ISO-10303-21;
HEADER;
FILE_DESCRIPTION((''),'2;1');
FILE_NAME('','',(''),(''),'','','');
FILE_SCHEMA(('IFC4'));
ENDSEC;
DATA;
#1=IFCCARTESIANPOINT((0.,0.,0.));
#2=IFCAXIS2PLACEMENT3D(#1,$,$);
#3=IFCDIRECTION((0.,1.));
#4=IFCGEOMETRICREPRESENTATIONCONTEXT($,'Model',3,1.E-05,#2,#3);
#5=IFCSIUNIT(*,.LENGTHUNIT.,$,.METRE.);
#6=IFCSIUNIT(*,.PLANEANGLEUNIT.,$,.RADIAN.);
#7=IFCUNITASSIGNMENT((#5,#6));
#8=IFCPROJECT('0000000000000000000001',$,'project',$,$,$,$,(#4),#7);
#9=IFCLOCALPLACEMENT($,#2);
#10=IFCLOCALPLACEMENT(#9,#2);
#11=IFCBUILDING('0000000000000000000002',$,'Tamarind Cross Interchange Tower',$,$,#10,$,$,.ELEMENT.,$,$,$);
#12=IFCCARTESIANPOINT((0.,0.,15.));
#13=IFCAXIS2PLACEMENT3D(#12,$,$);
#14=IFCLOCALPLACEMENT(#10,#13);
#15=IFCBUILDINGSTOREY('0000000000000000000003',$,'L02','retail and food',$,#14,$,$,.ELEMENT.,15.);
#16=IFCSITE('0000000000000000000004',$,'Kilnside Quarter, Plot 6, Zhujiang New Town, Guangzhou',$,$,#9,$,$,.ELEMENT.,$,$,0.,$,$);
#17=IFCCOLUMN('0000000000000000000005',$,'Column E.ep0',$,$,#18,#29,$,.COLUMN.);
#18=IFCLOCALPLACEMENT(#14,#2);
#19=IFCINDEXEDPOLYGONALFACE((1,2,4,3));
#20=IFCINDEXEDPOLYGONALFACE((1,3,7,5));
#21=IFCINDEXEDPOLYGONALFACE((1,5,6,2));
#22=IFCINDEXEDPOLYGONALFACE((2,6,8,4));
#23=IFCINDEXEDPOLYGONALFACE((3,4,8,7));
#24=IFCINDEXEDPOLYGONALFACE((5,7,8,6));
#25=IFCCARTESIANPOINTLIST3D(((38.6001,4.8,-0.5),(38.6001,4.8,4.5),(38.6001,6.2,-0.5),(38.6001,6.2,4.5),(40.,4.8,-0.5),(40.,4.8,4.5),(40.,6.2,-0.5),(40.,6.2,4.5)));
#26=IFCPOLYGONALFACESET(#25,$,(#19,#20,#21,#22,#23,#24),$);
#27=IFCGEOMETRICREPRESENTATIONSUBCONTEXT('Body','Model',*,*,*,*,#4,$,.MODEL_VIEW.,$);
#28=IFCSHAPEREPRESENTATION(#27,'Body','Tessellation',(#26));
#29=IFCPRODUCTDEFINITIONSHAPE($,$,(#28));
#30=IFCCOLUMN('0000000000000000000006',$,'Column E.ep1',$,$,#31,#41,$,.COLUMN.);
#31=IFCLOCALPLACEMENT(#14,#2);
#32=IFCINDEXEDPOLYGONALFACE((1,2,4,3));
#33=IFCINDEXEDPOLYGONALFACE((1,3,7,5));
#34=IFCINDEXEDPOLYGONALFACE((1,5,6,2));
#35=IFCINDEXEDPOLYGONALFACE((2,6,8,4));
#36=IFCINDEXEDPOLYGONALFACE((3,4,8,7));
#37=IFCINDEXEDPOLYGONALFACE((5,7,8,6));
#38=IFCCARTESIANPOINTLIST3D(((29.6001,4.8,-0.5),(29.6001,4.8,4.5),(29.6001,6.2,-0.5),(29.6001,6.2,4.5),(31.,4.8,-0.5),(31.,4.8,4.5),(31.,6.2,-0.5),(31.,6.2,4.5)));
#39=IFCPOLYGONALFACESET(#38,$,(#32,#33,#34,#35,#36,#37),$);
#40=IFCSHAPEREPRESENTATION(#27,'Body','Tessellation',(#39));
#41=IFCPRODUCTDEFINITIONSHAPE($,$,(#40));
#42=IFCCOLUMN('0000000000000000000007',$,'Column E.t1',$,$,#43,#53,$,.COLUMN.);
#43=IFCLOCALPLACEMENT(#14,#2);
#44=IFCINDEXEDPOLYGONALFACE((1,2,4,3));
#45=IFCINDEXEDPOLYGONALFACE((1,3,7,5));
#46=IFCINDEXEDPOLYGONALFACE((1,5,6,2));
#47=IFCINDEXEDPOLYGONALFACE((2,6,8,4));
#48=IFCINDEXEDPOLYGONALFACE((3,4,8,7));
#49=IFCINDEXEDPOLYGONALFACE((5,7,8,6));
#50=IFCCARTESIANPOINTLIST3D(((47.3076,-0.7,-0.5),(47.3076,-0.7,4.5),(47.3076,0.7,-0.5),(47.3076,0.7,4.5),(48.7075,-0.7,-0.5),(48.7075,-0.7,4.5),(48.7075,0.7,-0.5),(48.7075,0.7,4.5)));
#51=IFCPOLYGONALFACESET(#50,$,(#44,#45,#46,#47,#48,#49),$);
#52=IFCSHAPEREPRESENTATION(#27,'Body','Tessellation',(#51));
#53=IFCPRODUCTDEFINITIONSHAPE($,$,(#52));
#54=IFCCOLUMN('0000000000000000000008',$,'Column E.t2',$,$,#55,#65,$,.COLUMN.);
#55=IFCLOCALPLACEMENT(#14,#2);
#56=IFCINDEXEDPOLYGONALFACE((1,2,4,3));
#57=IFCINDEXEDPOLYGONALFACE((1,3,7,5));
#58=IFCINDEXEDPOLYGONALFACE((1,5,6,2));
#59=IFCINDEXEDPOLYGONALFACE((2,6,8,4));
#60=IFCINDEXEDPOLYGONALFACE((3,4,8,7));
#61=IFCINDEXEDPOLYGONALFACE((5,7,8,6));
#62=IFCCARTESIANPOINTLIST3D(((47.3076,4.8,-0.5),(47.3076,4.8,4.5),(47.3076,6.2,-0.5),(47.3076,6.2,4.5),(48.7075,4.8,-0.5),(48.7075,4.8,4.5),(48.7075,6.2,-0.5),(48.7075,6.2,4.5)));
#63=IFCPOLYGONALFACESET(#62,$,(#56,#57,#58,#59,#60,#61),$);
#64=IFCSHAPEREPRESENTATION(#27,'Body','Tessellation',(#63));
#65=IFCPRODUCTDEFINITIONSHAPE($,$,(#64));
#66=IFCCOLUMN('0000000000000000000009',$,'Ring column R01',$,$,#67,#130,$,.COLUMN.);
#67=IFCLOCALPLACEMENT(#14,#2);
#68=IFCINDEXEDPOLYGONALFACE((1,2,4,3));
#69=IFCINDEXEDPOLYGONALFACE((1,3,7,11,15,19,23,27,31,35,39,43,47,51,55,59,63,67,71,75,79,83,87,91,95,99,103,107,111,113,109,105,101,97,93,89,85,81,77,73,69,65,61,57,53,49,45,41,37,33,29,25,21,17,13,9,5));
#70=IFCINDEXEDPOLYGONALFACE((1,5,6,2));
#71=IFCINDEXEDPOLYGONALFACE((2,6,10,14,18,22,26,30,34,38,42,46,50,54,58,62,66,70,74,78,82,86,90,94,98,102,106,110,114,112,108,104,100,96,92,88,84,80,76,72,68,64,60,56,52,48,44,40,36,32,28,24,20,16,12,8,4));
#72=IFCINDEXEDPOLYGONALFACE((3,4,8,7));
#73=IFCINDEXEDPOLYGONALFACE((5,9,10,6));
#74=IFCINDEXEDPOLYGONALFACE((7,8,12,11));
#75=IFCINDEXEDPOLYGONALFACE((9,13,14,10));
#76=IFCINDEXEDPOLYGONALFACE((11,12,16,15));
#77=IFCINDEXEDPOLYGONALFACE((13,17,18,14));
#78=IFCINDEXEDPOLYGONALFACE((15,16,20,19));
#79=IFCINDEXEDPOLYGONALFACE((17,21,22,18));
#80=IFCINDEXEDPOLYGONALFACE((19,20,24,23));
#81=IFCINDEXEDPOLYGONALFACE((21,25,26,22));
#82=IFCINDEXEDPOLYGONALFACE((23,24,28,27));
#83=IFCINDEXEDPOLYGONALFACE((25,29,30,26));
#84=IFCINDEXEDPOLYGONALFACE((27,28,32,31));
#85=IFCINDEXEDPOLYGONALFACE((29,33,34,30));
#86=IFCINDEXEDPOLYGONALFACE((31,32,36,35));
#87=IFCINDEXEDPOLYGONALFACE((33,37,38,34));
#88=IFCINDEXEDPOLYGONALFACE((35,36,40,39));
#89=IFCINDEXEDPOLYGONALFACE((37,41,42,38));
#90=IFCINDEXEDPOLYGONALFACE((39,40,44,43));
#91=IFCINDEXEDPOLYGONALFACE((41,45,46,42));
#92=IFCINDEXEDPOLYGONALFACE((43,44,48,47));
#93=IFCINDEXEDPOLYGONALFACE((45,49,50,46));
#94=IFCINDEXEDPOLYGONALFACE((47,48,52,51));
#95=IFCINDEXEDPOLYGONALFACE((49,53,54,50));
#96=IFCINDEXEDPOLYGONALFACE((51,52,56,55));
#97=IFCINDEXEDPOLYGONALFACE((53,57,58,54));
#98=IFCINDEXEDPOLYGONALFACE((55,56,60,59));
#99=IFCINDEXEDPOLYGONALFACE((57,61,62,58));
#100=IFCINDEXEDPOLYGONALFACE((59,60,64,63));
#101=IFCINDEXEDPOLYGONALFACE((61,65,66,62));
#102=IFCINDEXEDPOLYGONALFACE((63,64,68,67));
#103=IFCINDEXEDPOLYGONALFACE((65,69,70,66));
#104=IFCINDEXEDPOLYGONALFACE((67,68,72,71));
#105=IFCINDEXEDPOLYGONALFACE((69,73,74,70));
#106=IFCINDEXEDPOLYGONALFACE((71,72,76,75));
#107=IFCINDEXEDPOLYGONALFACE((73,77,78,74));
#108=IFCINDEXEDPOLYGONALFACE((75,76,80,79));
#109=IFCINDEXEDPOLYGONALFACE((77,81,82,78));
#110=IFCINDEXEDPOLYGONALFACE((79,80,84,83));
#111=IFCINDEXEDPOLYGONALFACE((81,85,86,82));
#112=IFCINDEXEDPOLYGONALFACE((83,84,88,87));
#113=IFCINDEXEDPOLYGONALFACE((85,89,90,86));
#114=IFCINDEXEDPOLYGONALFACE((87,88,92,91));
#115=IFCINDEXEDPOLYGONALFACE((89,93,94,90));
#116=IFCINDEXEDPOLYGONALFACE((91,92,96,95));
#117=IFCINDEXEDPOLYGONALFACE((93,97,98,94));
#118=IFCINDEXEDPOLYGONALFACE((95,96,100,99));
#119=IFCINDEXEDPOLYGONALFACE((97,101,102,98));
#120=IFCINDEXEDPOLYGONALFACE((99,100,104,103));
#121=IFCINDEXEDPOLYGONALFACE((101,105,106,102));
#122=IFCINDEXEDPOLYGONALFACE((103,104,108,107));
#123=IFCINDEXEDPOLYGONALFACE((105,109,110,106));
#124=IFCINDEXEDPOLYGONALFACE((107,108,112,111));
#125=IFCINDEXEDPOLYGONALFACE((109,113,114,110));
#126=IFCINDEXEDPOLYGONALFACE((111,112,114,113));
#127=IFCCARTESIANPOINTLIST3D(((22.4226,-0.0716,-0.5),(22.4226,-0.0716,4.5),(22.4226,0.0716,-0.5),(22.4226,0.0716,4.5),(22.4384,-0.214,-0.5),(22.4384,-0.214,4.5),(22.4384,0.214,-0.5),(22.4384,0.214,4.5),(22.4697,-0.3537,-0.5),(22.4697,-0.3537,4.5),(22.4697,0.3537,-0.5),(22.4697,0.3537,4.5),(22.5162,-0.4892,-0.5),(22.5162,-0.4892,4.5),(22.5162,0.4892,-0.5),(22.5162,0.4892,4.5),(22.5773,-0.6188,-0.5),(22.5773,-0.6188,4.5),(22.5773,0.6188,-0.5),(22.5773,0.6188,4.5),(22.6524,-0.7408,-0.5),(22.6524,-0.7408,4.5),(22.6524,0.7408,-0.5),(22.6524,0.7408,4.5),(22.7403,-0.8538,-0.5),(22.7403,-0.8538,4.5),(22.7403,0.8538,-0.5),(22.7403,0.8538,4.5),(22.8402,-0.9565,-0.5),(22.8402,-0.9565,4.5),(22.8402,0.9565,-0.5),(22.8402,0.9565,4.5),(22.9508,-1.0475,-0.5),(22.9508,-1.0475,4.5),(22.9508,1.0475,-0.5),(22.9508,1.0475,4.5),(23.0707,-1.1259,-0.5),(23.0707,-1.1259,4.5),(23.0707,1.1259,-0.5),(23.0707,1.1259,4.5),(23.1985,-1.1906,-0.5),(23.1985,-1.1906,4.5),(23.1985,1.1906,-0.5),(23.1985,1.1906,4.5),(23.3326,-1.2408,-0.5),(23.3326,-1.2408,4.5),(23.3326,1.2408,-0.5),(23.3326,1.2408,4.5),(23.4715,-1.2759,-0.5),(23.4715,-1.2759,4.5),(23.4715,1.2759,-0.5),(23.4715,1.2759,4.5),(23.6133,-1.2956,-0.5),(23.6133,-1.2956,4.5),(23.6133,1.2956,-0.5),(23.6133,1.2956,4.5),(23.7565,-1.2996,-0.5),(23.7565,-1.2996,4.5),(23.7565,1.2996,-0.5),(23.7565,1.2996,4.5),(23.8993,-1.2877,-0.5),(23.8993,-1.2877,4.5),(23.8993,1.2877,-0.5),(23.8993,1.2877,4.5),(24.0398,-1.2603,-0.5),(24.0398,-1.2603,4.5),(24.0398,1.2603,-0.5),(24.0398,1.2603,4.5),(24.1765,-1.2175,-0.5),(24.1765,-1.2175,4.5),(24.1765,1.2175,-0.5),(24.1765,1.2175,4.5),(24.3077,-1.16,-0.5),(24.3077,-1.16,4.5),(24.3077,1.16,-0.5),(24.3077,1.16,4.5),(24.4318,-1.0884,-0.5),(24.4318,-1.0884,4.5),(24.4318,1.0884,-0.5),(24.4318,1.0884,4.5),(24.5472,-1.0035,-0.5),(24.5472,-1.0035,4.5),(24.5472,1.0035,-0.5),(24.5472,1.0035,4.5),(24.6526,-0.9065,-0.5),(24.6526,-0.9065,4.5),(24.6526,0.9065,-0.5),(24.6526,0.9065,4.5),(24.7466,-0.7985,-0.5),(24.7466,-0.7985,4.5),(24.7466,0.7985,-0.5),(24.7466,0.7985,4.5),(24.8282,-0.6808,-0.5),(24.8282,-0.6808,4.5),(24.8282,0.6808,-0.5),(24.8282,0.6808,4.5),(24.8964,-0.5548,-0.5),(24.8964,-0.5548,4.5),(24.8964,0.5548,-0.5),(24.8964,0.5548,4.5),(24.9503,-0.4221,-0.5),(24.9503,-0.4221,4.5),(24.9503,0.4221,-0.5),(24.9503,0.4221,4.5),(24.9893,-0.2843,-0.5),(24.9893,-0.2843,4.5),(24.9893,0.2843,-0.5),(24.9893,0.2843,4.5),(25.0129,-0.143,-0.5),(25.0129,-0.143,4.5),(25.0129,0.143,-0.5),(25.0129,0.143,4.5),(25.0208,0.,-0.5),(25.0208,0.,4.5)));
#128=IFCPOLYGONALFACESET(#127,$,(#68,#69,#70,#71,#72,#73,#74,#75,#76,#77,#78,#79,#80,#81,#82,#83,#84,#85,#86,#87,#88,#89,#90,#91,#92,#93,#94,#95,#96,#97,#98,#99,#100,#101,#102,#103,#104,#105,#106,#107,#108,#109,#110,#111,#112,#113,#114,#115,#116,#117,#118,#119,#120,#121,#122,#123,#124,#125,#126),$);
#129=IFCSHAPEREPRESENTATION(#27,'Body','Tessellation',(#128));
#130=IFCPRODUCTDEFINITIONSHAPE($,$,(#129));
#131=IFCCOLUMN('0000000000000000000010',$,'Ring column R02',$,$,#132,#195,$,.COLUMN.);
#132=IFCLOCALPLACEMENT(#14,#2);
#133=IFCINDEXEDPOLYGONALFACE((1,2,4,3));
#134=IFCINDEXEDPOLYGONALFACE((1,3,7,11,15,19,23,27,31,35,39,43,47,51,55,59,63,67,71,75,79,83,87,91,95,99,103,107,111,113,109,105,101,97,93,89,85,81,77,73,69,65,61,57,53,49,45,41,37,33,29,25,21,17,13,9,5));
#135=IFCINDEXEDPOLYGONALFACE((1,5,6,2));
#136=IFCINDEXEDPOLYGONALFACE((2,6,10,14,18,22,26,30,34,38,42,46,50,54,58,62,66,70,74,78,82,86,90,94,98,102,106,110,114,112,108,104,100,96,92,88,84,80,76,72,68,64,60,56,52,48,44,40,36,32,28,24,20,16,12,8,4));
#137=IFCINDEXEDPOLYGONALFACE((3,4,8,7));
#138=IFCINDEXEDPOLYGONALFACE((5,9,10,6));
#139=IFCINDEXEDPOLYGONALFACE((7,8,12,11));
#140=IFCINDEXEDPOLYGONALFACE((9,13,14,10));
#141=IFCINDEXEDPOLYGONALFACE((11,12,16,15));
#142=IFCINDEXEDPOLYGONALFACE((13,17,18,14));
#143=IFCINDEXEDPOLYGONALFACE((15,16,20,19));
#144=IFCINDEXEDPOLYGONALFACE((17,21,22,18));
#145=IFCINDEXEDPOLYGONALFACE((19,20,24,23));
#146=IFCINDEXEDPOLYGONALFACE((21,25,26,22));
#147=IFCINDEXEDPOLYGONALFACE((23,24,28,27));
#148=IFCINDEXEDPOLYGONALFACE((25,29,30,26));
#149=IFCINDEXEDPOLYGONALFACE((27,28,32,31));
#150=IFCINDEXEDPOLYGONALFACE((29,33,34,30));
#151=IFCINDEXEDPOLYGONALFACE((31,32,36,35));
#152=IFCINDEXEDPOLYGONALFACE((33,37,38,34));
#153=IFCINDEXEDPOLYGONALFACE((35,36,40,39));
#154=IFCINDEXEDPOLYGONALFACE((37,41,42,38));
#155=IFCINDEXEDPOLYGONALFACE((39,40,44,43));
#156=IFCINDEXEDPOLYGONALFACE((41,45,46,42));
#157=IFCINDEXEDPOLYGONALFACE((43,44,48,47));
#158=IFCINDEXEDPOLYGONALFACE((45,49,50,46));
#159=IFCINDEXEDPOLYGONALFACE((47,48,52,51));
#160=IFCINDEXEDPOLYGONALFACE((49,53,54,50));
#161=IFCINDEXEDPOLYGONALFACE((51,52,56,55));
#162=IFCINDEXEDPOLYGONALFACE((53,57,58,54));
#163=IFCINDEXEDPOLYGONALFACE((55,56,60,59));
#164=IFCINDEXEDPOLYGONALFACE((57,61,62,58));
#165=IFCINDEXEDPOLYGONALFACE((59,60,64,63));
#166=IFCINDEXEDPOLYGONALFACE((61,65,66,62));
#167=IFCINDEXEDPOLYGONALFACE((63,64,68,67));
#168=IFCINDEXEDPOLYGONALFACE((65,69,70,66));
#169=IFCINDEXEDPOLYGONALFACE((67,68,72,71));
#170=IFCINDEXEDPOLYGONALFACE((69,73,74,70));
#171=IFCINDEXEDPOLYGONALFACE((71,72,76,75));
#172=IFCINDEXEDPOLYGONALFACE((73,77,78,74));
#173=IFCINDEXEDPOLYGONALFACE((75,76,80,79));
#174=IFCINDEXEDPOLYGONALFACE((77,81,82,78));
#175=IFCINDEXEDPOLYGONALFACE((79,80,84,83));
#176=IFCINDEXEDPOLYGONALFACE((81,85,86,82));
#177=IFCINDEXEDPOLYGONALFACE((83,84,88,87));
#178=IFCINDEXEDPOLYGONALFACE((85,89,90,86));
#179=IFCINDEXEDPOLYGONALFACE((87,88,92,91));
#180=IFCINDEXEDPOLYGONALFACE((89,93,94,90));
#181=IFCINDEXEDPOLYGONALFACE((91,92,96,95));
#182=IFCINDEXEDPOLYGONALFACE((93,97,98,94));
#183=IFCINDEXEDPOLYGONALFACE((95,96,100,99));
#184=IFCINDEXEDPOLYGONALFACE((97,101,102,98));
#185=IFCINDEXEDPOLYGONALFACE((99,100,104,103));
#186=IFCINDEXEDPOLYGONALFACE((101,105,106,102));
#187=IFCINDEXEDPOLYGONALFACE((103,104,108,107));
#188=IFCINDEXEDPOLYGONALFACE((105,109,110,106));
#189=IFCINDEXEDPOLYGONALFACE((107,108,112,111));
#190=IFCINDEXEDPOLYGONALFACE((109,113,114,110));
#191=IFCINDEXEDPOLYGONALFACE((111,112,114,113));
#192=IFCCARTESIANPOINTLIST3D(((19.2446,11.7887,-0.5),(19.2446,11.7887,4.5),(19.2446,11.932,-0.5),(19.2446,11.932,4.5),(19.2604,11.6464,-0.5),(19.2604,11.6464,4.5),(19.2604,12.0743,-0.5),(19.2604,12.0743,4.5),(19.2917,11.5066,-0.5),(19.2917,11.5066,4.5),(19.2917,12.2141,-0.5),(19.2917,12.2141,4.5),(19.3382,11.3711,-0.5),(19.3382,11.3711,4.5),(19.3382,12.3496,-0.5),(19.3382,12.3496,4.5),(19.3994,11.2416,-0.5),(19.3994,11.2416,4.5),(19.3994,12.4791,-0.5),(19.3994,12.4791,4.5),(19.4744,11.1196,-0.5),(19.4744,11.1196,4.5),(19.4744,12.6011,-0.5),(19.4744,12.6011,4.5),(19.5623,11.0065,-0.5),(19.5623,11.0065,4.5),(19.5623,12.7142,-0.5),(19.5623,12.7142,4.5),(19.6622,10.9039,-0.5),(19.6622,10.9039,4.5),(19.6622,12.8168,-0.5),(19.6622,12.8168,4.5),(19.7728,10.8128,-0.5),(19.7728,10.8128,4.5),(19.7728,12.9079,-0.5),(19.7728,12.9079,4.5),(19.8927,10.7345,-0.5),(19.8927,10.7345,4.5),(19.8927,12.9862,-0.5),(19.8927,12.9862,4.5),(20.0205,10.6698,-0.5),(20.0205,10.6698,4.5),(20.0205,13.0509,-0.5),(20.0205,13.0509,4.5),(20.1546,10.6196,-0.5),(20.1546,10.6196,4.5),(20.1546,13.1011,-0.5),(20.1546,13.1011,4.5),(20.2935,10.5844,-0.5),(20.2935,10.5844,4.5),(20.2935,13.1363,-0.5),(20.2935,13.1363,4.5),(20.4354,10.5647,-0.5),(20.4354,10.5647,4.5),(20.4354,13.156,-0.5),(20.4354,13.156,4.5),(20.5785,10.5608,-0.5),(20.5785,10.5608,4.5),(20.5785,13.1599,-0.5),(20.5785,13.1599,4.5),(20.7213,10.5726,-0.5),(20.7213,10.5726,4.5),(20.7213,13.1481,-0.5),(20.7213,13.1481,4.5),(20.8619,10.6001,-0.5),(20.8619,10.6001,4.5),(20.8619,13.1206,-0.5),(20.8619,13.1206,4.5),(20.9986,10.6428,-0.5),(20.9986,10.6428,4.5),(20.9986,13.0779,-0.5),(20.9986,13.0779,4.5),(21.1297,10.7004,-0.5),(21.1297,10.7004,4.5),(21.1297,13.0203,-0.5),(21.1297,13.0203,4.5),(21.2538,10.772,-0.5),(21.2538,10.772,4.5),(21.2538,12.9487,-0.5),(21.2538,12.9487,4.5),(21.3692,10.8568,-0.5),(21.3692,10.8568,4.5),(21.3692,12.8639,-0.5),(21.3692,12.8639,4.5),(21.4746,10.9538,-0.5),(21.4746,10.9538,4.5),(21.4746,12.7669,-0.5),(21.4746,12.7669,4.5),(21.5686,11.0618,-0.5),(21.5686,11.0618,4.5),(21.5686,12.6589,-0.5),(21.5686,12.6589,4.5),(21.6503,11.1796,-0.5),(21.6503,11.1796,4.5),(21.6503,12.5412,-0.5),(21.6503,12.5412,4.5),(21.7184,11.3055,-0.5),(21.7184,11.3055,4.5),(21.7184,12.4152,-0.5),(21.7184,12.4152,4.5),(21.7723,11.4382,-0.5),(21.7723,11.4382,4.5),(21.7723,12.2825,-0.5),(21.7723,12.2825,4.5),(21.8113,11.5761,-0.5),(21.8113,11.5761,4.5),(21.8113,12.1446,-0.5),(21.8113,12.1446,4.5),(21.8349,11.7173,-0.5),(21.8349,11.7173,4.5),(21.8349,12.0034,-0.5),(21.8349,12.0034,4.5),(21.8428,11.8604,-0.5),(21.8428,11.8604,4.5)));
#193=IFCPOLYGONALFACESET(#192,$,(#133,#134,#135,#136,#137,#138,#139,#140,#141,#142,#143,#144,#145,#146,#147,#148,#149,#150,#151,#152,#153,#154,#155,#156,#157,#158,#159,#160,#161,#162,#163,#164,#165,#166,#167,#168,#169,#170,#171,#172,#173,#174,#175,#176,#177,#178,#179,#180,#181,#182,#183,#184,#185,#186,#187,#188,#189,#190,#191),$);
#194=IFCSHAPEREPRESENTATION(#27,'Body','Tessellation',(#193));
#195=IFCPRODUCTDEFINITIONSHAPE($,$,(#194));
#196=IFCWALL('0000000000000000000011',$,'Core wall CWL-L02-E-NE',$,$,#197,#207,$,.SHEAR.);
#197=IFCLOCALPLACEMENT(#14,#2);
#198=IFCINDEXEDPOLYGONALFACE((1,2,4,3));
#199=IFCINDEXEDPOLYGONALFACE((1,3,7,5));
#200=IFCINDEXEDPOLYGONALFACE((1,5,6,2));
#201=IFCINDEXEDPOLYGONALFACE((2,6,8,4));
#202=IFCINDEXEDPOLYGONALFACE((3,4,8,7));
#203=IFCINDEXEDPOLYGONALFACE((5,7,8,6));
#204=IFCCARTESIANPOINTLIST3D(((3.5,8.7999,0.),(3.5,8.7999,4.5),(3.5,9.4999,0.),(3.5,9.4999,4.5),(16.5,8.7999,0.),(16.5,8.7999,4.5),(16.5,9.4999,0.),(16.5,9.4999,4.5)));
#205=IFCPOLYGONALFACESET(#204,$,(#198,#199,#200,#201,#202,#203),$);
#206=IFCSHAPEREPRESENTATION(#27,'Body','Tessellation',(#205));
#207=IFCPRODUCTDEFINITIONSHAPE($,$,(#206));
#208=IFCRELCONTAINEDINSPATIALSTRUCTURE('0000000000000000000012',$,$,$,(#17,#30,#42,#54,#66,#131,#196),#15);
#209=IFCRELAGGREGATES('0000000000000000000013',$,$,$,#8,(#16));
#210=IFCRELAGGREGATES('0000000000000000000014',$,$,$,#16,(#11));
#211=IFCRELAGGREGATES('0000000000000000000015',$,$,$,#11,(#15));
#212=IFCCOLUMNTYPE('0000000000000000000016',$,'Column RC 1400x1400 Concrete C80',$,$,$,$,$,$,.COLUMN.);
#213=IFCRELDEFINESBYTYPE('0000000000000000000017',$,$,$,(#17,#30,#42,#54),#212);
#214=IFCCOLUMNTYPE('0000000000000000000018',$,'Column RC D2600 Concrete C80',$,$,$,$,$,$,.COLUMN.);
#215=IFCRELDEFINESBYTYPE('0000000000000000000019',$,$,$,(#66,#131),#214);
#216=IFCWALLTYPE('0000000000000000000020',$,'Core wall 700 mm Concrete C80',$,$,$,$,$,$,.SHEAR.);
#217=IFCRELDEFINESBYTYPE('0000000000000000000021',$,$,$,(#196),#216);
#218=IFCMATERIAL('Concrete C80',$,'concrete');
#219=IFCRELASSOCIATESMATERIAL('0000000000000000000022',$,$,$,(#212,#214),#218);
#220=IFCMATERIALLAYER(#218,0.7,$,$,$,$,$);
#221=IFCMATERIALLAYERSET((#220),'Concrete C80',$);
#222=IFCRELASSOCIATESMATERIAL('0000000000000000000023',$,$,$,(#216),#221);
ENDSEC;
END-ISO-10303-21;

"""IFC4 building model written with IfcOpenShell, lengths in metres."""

from ifc_helpers import new_model, si_unit, direction, frame, frame_2d, origin, origin_2d, place, context, subcontext, project, spatial, rectangle, circle, extrude, material, layer, layer_set, material_profile, profile_set, type_object, element, save


model = new_model("IFC4")

# Units and contexts
model_context = context("Model", 3, precision=1e-05, world=origin(), true_north=direction((0.0, 1.0)))
body_context = subcontext(model_context, "Body", "Model", "MODEL_VIEW")
ifc_project = project(units=[si_unit("LENGTHUNIT", "METRE"), si_unit("PLANEANGLEUNIT", "RADIAN")], contexts=[model_context])

# Site, building, storey
site_placement = place(None, origin())
site = spatial("IfcSite", under=ifc_project, at=site_placement, Name="Kilnside Quarter, Plot 6, Zhujiang New Town, Guangzhou", CompositionType="ELEMENT", RefElevation=0.0)
building_placement = place(site_placement, origin())
building = spatial("IfcBuilding", under=site, at=building_placement, Name="Tamarind Cross Interchange Tower", CompositionType="ELEMENT")
storey_placement = place(building_placement, frame((0.0, 0.0, 15.0)))
storey = spatial("IfcBuildingStorey", under=building, at=storey_placement, Name="L02", Description="retail and food", CompositionType="ELEMENT", Elevation=15.0)

# Columns
ifc_material_1 = material(Name="Concrete C80", Category="concrete")
ifc_material_profile_1 = material_profile(ifc_material_1, rectangle(XDim=1.3999, YDim=1.3999, at=origin_2d()), Name="RC 1400x1400")
ifc_profile_set_1 = profile_set([ifc_material_profile_1], Name="Concrete C80")
column_type_1 = type_object("IfcColumnType", Name="Column RC 1400x1400 Concrete C80", PredefinedType="COLUMN", material=ifc_profile_set_1)
for number, where, z_axis, x_axis, name in (
    (1, (39.3, 5.5, -0.5), (0.0, 0.0, 1.0), (1.0, 0.0, 0.0), "Column E.ep0"),
    (2, (30.3, 5.5, -0.5), (0.0, 0.0, 1.0), (1.0, 0.0, 0.0), "Column E.ep1"),
    (3, (48.0076, 0.0, -0.5), (0.0, 0.0, 1.0), (1.0, 0.0, 0.0), "Column E.t1"),
    (4, (48.0076, 5.5, -0.5), (0.0, 0.0, 1.0), (1.0, 0.0, 0.0), "Column E.t2"),
):
    element("IfcColumn", number, at=place(storey_placement, frame(where, z_axis=z_axis, x_axis=x_axis)), inside=storey, type_object=column_type_1, Name=name, PredefinedType="COLUMN", context=body_context, shape_type="SweptSolid", body=[
        extrude(rectangle(XDim=1.3999, YDim=1.3999, at=origin_2d()), origin(), (0.0, 0.0, 1.0), 5.0),
    ])
ifc_material_profile_2 = material_profile(ifc_material_1, circle(Radius=1.3, at=origin_2d()), Name="RC D2600")
ifc_profile_set_2 = profile_set([ifc_material_profile_2], Name="Concrete C80")
column_type_2 = type_object("IfcColumnType", Name="Column RC D2600 Concrete C80", PredefinedType="COLUMN", material=ifc_profile_set_2)
for number, where, z_axis, x_axis, name in (
    (5, (23.7207, 0.0, -0.5), (0.0, 0.0, 1.0), (1.0, 0.0, 0.0), "Ring column R01"),
    (6, (20.5427, 11.8604, -0.5), (0.0, 0.0, 1.0), (1.0, 0.0, 0.0), "Ring column R02"),
):
    element("IfcColumn", number, at=place(storey_placement, frame(where, z_axis=z_axis, x_axis=x_axis)), inside=storey, type_object=column_type_2, Name=name, PredefinedType="COLUMN", context=body_context, shape_type="SweptSolid", body=[
        extrude(circle(Radius=1.3, at=origin_2d()), origin(), (0.0, 0.0, 1.0), 5.0),
    ])

# Wall
ifc_layer_1 = layer(ifc_material_1, 0.7)
ifc_layer_set_1 = layer_set([ifc_layer_1], Name="Concrete C80")
wall_type_1 = type_object("IfcWallType", Name="Core wall 700 mm Concrete C80", PredefinedType="SHEAR", material=ifc_layer_set_1)
wall_1_placement = place(storey_placement, frame((16.5, 9.1499, 0.0), z_axis=(0.0, 0.0, 1.0), x_axis=(-1.0, 0.0, 0.0)))
element("IfcWall", 7, at=wall_1_placement, inside=storey, type_object=wall_type_1, Name="Core wall CWL-L02-E-NE", PredefinedType="SHEAR", context=body_context, shape_type="SweptSolid", body=[
    extrude(rectangle(XDim=13.0, YDim=0.7, at=frame_2d((6.5, 0.0))), origin(), (0.0, 0.0, 1.0), 4.5),
])

save(model, "model.ifc")
